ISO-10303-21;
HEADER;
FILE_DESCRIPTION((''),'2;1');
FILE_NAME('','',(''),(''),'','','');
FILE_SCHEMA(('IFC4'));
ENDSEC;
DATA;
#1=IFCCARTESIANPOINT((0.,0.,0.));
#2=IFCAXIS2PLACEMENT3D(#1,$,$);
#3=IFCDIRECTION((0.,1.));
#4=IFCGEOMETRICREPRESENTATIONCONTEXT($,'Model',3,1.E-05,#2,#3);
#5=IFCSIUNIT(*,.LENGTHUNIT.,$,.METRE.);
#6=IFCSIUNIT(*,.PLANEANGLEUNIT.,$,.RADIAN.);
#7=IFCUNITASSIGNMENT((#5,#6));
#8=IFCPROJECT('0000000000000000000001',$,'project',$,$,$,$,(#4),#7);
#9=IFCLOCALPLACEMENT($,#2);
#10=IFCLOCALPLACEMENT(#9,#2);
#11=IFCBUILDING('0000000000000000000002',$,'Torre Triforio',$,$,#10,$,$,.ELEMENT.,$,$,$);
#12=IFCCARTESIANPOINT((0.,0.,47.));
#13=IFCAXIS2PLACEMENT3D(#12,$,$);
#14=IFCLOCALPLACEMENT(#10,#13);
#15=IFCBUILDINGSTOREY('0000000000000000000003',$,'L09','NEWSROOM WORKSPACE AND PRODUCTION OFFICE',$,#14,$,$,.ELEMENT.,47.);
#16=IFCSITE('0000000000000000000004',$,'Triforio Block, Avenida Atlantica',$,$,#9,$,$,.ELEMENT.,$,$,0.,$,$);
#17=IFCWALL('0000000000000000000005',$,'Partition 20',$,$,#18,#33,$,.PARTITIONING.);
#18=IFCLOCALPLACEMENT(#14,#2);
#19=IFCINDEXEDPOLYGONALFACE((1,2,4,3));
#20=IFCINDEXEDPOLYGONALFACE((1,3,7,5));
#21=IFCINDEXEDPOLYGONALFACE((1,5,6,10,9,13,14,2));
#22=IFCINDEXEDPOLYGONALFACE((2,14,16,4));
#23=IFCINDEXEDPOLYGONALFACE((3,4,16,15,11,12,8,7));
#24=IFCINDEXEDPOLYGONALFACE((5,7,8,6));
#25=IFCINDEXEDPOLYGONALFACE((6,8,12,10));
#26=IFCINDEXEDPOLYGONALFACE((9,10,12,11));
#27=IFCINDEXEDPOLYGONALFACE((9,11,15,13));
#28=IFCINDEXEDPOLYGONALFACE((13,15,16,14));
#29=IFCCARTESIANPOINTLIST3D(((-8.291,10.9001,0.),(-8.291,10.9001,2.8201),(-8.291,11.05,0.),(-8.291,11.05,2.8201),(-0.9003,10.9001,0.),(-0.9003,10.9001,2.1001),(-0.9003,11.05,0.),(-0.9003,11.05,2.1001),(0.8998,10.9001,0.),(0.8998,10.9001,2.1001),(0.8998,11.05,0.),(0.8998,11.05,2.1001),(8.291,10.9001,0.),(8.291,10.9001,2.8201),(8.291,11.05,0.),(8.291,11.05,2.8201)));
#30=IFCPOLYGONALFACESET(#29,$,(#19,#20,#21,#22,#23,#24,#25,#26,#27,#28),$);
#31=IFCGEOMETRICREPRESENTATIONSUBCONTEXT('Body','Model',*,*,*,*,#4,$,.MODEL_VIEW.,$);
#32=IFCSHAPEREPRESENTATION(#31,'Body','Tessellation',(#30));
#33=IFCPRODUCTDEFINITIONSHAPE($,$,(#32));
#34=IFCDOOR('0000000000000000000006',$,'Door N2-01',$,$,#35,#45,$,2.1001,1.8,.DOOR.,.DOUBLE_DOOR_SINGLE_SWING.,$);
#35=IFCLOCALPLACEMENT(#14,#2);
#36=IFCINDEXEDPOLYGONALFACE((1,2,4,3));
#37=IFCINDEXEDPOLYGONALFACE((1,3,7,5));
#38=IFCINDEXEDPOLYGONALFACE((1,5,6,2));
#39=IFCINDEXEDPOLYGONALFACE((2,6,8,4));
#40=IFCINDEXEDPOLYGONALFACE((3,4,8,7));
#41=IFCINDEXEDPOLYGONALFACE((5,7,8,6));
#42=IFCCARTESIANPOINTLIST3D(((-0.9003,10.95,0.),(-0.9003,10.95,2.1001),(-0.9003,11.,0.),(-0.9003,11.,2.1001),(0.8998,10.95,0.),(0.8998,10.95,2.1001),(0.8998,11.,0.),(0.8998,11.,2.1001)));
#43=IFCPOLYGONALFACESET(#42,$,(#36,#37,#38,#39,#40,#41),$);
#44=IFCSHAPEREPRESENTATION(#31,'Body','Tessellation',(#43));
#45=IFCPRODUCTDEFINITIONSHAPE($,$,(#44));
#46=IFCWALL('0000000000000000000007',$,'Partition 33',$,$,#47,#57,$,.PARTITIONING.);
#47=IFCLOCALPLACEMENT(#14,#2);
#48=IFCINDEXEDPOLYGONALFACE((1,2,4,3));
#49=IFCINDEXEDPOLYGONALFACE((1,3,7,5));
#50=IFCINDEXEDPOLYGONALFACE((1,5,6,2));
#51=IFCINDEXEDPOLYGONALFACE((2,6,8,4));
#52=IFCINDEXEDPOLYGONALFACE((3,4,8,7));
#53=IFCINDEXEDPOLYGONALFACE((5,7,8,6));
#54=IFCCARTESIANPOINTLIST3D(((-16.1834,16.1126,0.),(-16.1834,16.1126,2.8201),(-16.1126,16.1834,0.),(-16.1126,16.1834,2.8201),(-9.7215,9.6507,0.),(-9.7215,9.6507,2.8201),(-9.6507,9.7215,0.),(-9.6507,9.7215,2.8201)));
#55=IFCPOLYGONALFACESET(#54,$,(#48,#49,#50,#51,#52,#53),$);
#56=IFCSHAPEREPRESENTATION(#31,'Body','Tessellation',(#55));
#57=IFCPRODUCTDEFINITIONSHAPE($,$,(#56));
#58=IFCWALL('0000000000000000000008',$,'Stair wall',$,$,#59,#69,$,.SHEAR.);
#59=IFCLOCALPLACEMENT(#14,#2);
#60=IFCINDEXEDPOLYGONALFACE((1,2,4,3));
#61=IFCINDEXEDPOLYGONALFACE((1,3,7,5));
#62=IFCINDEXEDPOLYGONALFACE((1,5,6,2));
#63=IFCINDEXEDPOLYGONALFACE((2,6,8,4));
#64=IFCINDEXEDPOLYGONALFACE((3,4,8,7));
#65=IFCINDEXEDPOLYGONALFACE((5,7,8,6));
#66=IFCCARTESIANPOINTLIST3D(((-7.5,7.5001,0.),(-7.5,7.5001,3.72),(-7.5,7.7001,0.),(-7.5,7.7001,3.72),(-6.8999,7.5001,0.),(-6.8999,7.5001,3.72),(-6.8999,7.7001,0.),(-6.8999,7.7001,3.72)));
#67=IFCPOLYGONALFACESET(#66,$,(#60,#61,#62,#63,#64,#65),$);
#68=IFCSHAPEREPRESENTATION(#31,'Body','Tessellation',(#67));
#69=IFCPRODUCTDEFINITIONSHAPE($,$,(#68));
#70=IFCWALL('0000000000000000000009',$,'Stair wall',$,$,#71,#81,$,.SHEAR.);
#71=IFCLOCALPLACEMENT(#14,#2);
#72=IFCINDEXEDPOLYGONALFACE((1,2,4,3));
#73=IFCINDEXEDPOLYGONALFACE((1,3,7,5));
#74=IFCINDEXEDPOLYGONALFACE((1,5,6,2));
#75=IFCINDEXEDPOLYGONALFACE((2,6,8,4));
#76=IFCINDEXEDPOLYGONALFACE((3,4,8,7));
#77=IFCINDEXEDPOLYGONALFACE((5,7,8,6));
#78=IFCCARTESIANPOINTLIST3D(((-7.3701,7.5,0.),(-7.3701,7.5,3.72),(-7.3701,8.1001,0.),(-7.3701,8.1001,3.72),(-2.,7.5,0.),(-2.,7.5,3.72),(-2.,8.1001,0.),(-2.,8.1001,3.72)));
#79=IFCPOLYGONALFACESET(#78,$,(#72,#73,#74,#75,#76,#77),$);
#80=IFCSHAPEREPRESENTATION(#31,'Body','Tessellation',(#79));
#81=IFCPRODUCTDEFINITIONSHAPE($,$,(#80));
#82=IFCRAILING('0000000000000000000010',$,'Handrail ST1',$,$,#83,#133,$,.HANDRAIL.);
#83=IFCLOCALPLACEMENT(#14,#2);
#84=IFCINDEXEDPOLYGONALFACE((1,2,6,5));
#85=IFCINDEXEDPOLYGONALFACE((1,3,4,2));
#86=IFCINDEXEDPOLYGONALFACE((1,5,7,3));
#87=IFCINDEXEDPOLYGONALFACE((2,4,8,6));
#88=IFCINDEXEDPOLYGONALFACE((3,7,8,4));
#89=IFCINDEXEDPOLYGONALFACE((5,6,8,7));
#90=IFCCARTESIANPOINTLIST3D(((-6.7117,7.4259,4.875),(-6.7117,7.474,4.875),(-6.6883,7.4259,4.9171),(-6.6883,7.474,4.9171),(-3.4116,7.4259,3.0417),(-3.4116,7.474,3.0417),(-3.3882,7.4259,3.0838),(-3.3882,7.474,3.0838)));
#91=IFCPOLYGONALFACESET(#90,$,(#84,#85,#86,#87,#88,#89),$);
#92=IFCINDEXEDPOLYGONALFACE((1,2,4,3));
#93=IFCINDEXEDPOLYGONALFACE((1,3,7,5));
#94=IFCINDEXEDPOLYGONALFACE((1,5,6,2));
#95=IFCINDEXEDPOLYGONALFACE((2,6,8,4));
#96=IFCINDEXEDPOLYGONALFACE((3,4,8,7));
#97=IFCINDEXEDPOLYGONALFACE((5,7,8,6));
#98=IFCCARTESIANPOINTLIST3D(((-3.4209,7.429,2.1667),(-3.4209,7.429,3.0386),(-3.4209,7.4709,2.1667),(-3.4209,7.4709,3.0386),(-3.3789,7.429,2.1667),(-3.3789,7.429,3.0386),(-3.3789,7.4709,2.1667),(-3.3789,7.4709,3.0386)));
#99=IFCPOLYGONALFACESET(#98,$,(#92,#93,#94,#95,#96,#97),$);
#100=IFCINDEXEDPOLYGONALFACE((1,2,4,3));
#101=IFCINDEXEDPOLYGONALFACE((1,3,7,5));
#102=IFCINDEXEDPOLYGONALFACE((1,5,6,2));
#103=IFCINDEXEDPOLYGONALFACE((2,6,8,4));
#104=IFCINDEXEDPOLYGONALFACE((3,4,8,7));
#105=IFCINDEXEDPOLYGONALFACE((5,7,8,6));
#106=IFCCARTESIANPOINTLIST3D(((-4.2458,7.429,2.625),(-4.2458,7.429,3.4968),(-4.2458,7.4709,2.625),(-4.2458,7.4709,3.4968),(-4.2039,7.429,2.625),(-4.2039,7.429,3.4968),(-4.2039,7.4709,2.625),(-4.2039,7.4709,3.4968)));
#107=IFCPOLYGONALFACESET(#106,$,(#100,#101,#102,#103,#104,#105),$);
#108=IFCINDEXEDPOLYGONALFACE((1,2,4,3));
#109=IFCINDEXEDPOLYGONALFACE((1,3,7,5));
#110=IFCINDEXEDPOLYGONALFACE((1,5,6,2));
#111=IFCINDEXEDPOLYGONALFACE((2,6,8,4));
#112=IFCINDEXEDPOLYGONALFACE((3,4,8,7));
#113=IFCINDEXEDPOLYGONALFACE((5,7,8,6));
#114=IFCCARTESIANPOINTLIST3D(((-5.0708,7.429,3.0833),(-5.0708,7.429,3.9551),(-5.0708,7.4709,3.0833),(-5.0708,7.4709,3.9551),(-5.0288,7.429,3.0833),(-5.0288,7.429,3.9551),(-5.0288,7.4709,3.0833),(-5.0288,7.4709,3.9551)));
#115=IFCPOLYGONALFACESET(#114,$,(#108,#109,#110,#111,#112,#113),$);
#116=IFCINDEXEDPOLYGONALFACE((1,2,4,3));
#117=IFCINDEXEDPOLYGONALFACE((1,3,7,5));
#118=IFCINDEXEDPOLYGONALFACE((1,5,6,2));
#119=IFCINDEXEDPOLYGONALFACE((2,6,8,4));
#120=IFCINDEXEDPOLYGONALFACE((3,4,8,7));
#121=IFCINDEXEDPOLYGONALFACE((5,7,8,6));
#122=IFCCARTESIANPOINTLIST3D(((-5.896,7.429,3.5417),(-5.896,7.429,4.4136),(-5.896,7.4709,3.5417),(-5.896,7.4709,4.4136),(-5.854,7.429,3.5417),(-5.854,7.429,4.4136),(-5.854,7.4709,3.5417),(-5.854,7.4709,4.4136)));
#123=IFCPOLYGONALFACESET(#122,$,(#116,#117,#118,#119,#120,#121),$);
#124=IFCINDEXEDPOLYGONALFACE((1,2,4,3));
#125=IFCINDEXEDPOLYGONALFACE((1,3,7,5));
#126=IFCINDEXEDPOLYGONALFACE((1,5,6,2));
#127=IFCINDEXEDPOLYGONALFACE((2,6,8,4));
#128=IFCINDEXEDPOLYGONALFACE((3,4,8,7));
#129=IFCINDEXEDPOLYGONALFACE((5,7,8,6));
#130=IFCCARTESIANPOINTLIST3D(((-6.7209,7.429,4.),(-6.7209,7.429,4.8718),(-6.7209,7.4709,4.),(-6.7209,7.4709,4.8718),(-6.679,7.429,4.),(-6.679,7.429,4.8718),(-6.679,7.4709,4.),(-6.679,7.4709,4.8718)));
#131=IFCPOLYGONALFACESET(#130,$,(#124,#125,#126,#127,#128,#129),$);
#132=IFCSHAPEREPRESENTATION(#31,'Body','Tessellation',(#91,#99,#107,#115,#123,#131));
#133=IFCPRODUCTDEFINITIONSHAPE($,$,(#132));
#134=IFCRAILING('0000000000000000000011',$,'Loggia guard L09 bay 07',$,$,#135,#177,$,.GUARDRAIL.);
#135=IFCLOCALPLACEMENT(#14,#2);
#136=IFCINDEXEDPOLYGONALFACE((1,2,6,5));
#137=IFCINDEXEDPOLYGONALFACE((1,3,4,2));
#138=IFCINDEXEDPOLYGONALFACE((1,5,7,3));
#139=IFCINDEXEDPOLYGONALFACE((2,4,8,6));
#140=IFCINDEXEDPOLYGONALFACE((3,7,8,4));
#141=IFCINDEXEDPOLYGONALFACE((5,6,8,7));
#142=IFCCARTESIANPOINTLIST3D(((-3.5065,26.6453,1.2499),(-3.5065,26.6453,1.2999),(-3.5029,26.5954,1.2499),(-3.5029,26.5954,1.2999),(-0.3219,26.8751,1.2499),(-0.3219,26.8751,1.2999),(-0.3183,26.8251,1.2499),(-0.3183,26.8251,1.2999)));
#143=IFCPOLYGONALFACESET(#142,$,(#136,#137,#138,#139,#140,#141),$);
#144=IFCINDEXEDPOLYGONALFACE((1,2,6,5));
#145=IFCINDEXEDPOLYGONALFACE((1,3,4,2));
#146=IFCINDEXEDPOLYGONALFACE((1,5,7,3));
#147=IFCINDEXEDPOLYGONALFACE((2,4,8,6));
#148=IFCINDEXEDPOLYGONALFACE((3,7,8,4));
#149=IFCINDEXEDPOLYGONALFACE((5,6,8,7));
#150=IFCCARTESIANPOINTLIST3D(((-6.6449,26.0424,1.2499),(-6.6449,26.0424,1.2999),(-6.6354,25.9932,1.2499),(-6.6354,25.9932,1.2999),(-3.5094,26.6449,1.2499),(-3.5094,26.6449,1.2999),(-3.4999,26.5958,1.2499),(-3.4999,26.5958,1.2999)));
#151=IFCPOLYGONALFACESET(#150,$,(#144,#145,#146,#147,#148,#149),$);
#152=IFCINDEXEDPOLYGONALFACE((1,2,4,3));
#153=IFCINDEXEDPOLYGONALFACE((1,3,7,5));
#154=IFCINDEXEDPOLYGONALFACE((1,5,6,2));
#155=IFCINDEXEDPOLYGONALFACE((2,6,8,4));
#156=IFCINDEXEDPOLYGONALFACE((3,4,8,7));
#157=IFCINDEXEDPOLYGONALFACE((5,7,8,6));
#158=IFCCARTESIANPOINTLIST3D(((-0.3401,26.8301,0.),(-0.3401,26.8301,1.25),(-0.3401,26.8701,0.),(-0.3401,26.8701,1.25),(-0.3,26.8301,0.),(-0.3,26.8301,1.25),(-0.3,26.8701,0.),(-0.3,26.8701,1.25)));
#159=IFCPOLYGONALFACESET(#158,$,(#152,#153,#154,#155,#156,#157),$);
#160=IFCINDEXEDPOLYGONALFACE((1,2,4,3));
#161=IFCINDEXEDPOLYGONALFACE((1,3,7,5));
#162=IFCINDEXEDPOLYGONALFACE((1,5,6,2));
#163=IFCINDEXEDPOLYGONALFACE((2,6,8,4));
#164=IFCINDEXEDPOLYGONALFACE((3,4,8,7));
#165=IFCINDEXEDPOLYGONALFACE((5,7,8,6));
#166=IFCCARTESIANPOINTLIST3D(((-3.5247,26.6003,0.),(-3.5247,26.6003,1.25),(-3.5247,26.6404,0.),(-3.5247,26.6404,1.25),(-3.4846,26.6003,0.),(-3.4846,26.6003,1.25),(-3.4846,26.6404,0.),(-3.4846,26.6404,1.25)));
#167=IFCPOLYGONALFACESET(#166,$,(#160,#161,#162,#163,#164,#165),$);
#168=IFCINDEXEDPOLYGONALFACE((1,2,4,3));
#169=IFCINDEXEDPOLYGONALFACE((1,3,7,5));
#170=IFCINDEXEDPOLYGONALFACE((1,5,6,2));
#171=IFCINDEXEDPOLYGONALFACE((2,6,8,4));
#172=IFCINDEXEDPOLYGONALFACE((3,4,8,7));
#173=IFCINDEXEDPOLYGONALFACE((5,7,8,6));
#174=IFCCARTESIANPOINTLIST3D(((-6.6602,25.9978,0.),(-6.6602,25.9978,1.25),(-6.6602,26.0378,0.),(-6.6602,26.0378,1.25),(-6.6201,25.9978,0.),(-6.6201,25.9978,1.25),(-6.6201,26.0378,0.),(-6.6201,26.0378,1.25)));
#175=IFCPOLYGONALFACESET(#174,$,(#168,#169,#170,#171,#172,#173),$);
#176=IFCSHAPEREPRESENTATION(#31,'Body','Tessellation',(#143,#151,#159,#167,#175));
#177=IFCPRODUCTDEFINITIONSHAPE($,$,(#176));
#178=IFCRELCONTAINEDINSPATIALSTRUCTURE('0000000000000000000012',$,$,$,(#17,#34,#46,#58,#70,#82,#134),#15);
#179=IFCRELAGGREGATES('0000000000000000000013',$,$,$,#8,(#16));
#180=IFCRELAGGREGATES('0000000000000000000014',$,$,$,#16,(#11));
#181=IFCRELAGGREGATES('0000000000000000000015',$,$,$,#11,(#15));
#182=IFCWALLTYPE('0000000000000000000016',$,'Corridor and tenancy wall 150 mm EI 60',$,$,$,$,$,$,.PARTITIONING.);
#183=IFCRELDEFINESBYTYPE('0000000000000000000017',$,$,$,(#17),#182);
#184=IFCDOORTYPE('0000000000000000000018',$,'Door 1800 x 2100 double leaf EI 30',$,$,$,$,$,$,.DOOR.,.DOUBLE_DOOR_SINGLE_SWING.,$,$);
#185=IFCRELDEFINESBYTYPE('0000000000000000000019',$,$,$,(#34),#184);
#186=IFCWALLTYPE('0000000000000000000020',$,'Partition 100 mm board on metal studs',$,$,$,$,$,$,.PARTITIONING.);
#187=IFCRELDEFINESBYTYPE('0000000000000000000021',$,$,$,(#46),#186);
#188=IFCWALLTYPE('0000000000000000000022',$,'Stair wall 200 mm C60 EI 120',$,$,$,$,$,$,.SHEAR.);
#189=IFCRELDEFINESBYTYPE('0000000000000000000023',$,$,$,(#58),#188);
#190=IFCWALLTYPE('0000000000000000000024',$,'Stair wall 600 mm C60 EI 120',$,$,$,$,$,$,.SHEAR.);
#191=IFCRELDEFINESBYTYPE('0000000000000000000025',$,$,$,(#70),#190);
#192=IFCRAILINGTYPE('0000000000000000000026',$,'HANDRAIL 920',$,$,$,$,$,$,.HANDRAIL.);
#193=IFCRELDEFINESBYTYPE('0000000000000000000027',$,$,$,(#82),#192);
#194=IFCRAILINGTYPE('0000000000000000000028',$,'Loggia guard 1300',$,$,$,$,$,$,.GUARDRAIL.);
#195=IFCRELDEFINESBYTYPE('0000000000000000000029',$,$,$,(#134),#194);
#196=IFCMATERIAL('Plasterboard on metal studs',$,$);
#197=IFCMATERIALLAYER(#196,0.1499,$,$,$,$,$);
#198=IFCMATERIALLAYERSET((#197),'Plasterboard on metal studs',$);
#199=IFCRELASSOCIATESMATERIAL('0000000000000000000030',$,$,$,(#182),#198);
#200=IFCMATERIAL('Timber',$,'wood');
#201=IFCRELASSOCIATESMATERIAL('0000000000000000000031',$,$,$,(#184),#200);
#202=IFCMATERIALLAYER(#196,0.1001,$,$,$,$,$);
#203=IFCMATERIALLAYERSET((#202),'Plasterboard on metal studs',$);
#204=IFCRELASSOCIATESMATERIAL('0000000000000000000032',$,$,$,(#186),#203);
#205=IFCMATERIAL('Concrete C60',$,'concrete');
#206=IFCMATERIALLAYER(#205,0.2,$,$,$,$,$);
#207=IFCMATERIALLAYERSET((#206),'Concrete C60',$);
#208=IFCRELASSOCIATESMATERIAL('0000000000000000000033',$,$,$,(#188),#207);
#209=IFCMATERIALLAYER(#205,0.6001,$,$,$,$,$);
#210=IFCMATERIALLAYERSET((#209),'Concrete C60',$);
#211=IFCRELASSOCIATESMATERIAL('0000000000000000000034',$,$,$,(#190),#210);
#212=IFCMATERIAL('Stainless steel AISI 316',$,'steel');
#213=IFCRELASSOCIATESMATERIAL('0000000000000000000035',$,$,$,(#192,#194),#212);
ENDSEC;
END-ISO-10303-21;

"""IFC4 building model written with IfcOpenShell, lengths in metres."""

from ifc_helpers import new_model, si_unit, direction, frame, frame_2d, origin, origin_2d, place, context, subcontext, project, spatial, rectangle, extrude, material, layer, layer_set, type_object, element, fill, save


model = new_model("IFC4")

# Units and contexts
model_context = context("Model", 3, precision=1e-05, world=origin(), true_north=direction((0.0, 1.0)))
body_context = subcontext(model_context, "Body", "Model", "MODEL_VIEW")
ifc_project = project(units=[si_unit("LENGTHUNIT", "METRE"), si_unit("PLANEANGLEUNIT", "RADIAN")], contexts=[model_context])

# Site, building, storey
site_placement = place(None, origin())
site = spatial("IfcSite", under=ifc_project, at=site_placement, Name="Triforio Block, Avenida Atlantica", CompositionType="ELEMENT", RefElevation=0.0)
building_placement = place(site_placement, origin())
building = spatial("IfcBuilding", under=site, at=building_placement, Name="Torre Triforio", CompositionType="ELEMENT")
storey_placement = place(building_placement, frame((0.0, 0.0, 47.0)))
storey = spatial("IfcBuildingStorey", under=building, at=storey_placement, Name="L09", Description="NEWSROOM WORKSPACE AND PRODUCTION OFFICE", CompositionType="ELEMENT", Elevation=47.0)

# Shared definitions
ifc_material_1 = material(Name="Concrete C60", Category="concrete")

# Wall, opening, door
ifc_material_2 = material(Name="Plasterboard on metal studs")
ifc_layer_1 = layer(ifc_material_2, 0.1499)
ifc_layer_set_1 = layer_set([ifc_layer_1], Name="Plasterboard on metal studs")
wall_type_1 = type_object("IfcWallType", Name="Corridor and tenancy wall 150 mm EI 60", PredefinedType="PARTITIONING", material=ifc_layer_set_1)
wall_1_placement = place(storey_placement, frame((-8.291, 10.9751, 0.0), z_axis=(0.0, 0.0, 1.0), x_axis=(1.0, 0.0, 0.0)))
wall_1 = element("IfcWall", 1, at=wall_1_placement, inside=storey, type_object=wall_type_1, Name="Partition 20", PredefinedType="PARTITIONING", context=body_context, shape_type="SweptSolid", body=[
    extrude(rectangle(XDim=16.582, YDim=0.1499, at=frame_2d((8.291, 0.0))), origin(), (0.0, 0.0, 1.0), 2.8201),
])
opening_1_placement = place(wall_1_placement, frame((7.3909, 0.0, 0.0)))
opening_1 = element("IfcOpeningElement", 2, at=opening_1_placement, cuts=wall_1, PredefinedType="OPENING", context=body_context, shape_type="SweptSolid", body=[
    extrude(rectangle(XDim=1.8, YDim=2.1001, at=frame_2d((0.8999, 1.05))), frame((0.0, 0.085, 0.0), z_axis=(0.0, -1.0, 0.0), x_axis=(1.0, 0.0, 0.0)), (0.0, 0.0, 1.0), 0.1699),
])
ifc_material_3 = material(Name="Timber", Category="wood")
door_type_1 = type_object("IfcDoorType", Name="Door 1800 x 2100 double leaf EI 30", OperationType="DOUBLE_DOOR_SINGLE_SWING", PredefinedType="DOOR", material=ifc_material_3)
door_1_placement = place(opening_1_placement, origin())
door_1 = element("IfcDoor", 3, at=door_1_placement, inside=storey, type_object=door_type_1, Name="Door N2-01", OperationType="DOUBLE_DOOR_SINGLE_SWING", OverallHeight=2.1001, OverallWidth=1.8, PredefinedType="DOOR", context=body_context, shape_type="SweptSolid", body=[
    extrude(rectangle(XDim=1.8, YDim=2.1001, at=frame_2d((0.8999, 1.05))), frame((0.0, 0.0249, 0.0), z_axis=(0.0, -1.0, 0.0), x_axis=(1.0, 0.0, 0.0)), (0.0, 0.0, 1.0), 0.05),
])
fill(opening_1, door_1)

# Walls
ifc_layer_2 = layer(ifc_material_2, 0.1001)
ifc_layer_set_2 = layer_set([ifc_layer_2], Name="Plasterboard on metal studs")
wall_type_2 = type_object("IfcWallType", Name="Partition 100 mm board on metal studs", PredefinedType="PARTITIONING", material=ifc_layer_set_2)
wall_2_placement = place(storey_placement, frame((-9.686, 9.686, 0.0), z_axis=(0.0, 0.0, 1.0), x_axis=(-0.707107, 0.707107, 0.0)))
element("IfcWall", 4, at=wall_2_placement, inside=storey, type_object=wall_type_2, Name="Partition 33", PredefinedType="PARTITIONING", context=body_context, shape_type="SweptSolid", body=[
    extrude(rectangle(XDim=9.1384, YDim=0.1001, at=frame_2d((4.5693, 0.0))), origin(), (0.0, 0.0, 1.0), 2.8201),
])
ifc_layer_3 = layer(ifc_material_1, 0.2)
ifc_layer_set_3 = layer_set([ifc_layer_3], Name="Concrete C60")
wall_type_3 = type_object("IfcWallType", Name="Stair wall 200 mm C60 EI 120", PredefinedType="SHEAR", material=ifc_layer_set_3)
wall_3_placement = place(storey_placement, frame((-7.5, 7.6001, 0.0), z_axis=(0.0, 0.0, 1.0), x_axis=(1.0, 0.0, 0.0)))
element("IfcWall", 5, at=wall_3_placement, inside=storey, type_object=wall_type_3, Name="Stair wall", PredefinedType="SHEAR", context=body_context, shape_type="SweptSolid", body=[
    extrude(rectangle(XDim=0.6001, YDim=0.2, at=frame_2d((0.3, 0.0))), origin(), (0.0, 0.0, 1.0), 3.72),
])
ifc_layer_4 = layer(ifc_material_1, 0.6001)
ifc_layer_set_4 = layer_set([ifc_layer_4], Name="Concrete C60")
wall_type_4 = type_object("IfcWallType", Name="Stair wall 600 mm C60 EI 120", PredefinedType="SHEAR", material=ifc_layer_set_4)
wall_4_placement = place(storey_placement, frame((-7.3701, 7.8, 0.0), z_axis=(0.0, 0.0, 1.0), x_axis=(1.0, 0.0, 0.0)))
element("IfcWall", 6, at=wall_4_placement, inside=storey, type_object=wall_type_4, Name="Stair wall", PredefinedType="SHEAR", context=body_context, shape_type="SweptSolid", body=[
    extrude(rectangle(XDim=5.3701, YDim=0.6001, at=frame_2d((2.6851, 0.0))), origin(), (0.0, 0.0, 1.0), 3.72),
])

# Railings
ifc_material_4 = material(Name="Stainless steel AISI 316", Category="steel")
railing_type_1 = type_object("IfcRailingType", Name="HANDRAIL 920", PredefinedType="HANDRAIL", material=ifc_material_4)
railing_1_placement = place(storey_placement, frame((-3.3999, 7.45, 2.1667)))
element("IfcRailing", 7, at=railing_1_placement, inside=storey, type_object=railing_type_1, Name="Handrail ST1", PredefinedType="HANDRAIL", context=body_context, shape_type="SweptSolid", body=[
    extrude(rectangle(XDim=0.0481, YDim=0.0481, at=origin_2d()), frame((0.0, 0.0, 0.896), z_axis=(-0.874169, 0.0, 0.485621), x_axis=(0.0, -1.0, 0.0)), (0.0, 0.0, 1.0), 3.7751),
    extrude(rectangle(XDim=0.042, YDim=0.042, at=origin_2d()), origin(), (0.0, 0.0, 1.0), 0.8718),
    extrude(rectangle(XDim=0.042, YDim=0.042, at=origin_2d()), frame((-0.825, 0.0, 0.4583)), (0.0, 0.0, 1.0), 0.8718),
    extrude(rectangle(XDim=0.042, YDim=0.042, at=origin_2d()), frame((-1.6499, 0.0, 0.9165)), (0.0, 0.0, 1.0), 0.8718),
    extrude(rectangle(XDim=0.042, YDim=0.042, at=origin_2d()), frame((-2.4751, 0.0, 1.375)), (0.0, 0.0, 1.0), 0.8718),
    extrude(rectangle(XDim=0.042, YDim=0.042, at=origin_2d()), frame((-3.3, 0.0, 1.8333)), (0.0, 0.0, 1.0), 0.8718),
])
railing_type_2 = type_object("IfcRailingType", Name="Loggia guard 1300", PredefinedType="GUARDRAIL", material=ifc_material_4)
railing_2_placement = place(storey_placement, frame((-0.3201, 26.8501, 0.0)))
element("IfcRailing", 8, at=railing_2_placement, inside=storey, type_object=railing_type_2, Name="Loggia guard L09 bay 07", PredefinedType="GUARDRAIL", context=body_context, shape_type="SweptSolid", body=[
    extrude(rectangle(XDim=0.05, YDim=0.05, at=origin_2d()), frame((0.0, 0.0, 1.2749), z_axis=(-0.997408, -0.071953, 0.0), x_axis=(0.071953, -0.997408, 0.0)), (0.0, 0.0, 1.0), 3.1929),
    extrude(rectangle(XDim=0.05, YDim=0.05, at=origin_2d()), frame((-3.1846, -0.2297, 1.2749), z_axis=(-0.982032, -0.188714, 0.0), x_axis=(0.188714, -0.982032, 0.0)), (0.0, 0.0, 1.0), 3.1929),
    extrude(rectangle(XDim=0.04, YDim=0.04, at=origin_2d()), origin(), (0.0, 0.0, 1.0), 1.25),
    extrude(rectangle(XDim=0.04, YDim=0.04, at=origin_2d()), frame((-3.1846, -0.2297, 0.0)), (0.0, 0.0, 1.0), 1.25),
    extrude(rectangle(XDim=0.04, YDim=0.04, at=origin_2d()), frame((-6.3201, -0.8323, 0.0)), (0.0, 0.0, 1.0), 1.25),
])

save(model, "model.ifc")
